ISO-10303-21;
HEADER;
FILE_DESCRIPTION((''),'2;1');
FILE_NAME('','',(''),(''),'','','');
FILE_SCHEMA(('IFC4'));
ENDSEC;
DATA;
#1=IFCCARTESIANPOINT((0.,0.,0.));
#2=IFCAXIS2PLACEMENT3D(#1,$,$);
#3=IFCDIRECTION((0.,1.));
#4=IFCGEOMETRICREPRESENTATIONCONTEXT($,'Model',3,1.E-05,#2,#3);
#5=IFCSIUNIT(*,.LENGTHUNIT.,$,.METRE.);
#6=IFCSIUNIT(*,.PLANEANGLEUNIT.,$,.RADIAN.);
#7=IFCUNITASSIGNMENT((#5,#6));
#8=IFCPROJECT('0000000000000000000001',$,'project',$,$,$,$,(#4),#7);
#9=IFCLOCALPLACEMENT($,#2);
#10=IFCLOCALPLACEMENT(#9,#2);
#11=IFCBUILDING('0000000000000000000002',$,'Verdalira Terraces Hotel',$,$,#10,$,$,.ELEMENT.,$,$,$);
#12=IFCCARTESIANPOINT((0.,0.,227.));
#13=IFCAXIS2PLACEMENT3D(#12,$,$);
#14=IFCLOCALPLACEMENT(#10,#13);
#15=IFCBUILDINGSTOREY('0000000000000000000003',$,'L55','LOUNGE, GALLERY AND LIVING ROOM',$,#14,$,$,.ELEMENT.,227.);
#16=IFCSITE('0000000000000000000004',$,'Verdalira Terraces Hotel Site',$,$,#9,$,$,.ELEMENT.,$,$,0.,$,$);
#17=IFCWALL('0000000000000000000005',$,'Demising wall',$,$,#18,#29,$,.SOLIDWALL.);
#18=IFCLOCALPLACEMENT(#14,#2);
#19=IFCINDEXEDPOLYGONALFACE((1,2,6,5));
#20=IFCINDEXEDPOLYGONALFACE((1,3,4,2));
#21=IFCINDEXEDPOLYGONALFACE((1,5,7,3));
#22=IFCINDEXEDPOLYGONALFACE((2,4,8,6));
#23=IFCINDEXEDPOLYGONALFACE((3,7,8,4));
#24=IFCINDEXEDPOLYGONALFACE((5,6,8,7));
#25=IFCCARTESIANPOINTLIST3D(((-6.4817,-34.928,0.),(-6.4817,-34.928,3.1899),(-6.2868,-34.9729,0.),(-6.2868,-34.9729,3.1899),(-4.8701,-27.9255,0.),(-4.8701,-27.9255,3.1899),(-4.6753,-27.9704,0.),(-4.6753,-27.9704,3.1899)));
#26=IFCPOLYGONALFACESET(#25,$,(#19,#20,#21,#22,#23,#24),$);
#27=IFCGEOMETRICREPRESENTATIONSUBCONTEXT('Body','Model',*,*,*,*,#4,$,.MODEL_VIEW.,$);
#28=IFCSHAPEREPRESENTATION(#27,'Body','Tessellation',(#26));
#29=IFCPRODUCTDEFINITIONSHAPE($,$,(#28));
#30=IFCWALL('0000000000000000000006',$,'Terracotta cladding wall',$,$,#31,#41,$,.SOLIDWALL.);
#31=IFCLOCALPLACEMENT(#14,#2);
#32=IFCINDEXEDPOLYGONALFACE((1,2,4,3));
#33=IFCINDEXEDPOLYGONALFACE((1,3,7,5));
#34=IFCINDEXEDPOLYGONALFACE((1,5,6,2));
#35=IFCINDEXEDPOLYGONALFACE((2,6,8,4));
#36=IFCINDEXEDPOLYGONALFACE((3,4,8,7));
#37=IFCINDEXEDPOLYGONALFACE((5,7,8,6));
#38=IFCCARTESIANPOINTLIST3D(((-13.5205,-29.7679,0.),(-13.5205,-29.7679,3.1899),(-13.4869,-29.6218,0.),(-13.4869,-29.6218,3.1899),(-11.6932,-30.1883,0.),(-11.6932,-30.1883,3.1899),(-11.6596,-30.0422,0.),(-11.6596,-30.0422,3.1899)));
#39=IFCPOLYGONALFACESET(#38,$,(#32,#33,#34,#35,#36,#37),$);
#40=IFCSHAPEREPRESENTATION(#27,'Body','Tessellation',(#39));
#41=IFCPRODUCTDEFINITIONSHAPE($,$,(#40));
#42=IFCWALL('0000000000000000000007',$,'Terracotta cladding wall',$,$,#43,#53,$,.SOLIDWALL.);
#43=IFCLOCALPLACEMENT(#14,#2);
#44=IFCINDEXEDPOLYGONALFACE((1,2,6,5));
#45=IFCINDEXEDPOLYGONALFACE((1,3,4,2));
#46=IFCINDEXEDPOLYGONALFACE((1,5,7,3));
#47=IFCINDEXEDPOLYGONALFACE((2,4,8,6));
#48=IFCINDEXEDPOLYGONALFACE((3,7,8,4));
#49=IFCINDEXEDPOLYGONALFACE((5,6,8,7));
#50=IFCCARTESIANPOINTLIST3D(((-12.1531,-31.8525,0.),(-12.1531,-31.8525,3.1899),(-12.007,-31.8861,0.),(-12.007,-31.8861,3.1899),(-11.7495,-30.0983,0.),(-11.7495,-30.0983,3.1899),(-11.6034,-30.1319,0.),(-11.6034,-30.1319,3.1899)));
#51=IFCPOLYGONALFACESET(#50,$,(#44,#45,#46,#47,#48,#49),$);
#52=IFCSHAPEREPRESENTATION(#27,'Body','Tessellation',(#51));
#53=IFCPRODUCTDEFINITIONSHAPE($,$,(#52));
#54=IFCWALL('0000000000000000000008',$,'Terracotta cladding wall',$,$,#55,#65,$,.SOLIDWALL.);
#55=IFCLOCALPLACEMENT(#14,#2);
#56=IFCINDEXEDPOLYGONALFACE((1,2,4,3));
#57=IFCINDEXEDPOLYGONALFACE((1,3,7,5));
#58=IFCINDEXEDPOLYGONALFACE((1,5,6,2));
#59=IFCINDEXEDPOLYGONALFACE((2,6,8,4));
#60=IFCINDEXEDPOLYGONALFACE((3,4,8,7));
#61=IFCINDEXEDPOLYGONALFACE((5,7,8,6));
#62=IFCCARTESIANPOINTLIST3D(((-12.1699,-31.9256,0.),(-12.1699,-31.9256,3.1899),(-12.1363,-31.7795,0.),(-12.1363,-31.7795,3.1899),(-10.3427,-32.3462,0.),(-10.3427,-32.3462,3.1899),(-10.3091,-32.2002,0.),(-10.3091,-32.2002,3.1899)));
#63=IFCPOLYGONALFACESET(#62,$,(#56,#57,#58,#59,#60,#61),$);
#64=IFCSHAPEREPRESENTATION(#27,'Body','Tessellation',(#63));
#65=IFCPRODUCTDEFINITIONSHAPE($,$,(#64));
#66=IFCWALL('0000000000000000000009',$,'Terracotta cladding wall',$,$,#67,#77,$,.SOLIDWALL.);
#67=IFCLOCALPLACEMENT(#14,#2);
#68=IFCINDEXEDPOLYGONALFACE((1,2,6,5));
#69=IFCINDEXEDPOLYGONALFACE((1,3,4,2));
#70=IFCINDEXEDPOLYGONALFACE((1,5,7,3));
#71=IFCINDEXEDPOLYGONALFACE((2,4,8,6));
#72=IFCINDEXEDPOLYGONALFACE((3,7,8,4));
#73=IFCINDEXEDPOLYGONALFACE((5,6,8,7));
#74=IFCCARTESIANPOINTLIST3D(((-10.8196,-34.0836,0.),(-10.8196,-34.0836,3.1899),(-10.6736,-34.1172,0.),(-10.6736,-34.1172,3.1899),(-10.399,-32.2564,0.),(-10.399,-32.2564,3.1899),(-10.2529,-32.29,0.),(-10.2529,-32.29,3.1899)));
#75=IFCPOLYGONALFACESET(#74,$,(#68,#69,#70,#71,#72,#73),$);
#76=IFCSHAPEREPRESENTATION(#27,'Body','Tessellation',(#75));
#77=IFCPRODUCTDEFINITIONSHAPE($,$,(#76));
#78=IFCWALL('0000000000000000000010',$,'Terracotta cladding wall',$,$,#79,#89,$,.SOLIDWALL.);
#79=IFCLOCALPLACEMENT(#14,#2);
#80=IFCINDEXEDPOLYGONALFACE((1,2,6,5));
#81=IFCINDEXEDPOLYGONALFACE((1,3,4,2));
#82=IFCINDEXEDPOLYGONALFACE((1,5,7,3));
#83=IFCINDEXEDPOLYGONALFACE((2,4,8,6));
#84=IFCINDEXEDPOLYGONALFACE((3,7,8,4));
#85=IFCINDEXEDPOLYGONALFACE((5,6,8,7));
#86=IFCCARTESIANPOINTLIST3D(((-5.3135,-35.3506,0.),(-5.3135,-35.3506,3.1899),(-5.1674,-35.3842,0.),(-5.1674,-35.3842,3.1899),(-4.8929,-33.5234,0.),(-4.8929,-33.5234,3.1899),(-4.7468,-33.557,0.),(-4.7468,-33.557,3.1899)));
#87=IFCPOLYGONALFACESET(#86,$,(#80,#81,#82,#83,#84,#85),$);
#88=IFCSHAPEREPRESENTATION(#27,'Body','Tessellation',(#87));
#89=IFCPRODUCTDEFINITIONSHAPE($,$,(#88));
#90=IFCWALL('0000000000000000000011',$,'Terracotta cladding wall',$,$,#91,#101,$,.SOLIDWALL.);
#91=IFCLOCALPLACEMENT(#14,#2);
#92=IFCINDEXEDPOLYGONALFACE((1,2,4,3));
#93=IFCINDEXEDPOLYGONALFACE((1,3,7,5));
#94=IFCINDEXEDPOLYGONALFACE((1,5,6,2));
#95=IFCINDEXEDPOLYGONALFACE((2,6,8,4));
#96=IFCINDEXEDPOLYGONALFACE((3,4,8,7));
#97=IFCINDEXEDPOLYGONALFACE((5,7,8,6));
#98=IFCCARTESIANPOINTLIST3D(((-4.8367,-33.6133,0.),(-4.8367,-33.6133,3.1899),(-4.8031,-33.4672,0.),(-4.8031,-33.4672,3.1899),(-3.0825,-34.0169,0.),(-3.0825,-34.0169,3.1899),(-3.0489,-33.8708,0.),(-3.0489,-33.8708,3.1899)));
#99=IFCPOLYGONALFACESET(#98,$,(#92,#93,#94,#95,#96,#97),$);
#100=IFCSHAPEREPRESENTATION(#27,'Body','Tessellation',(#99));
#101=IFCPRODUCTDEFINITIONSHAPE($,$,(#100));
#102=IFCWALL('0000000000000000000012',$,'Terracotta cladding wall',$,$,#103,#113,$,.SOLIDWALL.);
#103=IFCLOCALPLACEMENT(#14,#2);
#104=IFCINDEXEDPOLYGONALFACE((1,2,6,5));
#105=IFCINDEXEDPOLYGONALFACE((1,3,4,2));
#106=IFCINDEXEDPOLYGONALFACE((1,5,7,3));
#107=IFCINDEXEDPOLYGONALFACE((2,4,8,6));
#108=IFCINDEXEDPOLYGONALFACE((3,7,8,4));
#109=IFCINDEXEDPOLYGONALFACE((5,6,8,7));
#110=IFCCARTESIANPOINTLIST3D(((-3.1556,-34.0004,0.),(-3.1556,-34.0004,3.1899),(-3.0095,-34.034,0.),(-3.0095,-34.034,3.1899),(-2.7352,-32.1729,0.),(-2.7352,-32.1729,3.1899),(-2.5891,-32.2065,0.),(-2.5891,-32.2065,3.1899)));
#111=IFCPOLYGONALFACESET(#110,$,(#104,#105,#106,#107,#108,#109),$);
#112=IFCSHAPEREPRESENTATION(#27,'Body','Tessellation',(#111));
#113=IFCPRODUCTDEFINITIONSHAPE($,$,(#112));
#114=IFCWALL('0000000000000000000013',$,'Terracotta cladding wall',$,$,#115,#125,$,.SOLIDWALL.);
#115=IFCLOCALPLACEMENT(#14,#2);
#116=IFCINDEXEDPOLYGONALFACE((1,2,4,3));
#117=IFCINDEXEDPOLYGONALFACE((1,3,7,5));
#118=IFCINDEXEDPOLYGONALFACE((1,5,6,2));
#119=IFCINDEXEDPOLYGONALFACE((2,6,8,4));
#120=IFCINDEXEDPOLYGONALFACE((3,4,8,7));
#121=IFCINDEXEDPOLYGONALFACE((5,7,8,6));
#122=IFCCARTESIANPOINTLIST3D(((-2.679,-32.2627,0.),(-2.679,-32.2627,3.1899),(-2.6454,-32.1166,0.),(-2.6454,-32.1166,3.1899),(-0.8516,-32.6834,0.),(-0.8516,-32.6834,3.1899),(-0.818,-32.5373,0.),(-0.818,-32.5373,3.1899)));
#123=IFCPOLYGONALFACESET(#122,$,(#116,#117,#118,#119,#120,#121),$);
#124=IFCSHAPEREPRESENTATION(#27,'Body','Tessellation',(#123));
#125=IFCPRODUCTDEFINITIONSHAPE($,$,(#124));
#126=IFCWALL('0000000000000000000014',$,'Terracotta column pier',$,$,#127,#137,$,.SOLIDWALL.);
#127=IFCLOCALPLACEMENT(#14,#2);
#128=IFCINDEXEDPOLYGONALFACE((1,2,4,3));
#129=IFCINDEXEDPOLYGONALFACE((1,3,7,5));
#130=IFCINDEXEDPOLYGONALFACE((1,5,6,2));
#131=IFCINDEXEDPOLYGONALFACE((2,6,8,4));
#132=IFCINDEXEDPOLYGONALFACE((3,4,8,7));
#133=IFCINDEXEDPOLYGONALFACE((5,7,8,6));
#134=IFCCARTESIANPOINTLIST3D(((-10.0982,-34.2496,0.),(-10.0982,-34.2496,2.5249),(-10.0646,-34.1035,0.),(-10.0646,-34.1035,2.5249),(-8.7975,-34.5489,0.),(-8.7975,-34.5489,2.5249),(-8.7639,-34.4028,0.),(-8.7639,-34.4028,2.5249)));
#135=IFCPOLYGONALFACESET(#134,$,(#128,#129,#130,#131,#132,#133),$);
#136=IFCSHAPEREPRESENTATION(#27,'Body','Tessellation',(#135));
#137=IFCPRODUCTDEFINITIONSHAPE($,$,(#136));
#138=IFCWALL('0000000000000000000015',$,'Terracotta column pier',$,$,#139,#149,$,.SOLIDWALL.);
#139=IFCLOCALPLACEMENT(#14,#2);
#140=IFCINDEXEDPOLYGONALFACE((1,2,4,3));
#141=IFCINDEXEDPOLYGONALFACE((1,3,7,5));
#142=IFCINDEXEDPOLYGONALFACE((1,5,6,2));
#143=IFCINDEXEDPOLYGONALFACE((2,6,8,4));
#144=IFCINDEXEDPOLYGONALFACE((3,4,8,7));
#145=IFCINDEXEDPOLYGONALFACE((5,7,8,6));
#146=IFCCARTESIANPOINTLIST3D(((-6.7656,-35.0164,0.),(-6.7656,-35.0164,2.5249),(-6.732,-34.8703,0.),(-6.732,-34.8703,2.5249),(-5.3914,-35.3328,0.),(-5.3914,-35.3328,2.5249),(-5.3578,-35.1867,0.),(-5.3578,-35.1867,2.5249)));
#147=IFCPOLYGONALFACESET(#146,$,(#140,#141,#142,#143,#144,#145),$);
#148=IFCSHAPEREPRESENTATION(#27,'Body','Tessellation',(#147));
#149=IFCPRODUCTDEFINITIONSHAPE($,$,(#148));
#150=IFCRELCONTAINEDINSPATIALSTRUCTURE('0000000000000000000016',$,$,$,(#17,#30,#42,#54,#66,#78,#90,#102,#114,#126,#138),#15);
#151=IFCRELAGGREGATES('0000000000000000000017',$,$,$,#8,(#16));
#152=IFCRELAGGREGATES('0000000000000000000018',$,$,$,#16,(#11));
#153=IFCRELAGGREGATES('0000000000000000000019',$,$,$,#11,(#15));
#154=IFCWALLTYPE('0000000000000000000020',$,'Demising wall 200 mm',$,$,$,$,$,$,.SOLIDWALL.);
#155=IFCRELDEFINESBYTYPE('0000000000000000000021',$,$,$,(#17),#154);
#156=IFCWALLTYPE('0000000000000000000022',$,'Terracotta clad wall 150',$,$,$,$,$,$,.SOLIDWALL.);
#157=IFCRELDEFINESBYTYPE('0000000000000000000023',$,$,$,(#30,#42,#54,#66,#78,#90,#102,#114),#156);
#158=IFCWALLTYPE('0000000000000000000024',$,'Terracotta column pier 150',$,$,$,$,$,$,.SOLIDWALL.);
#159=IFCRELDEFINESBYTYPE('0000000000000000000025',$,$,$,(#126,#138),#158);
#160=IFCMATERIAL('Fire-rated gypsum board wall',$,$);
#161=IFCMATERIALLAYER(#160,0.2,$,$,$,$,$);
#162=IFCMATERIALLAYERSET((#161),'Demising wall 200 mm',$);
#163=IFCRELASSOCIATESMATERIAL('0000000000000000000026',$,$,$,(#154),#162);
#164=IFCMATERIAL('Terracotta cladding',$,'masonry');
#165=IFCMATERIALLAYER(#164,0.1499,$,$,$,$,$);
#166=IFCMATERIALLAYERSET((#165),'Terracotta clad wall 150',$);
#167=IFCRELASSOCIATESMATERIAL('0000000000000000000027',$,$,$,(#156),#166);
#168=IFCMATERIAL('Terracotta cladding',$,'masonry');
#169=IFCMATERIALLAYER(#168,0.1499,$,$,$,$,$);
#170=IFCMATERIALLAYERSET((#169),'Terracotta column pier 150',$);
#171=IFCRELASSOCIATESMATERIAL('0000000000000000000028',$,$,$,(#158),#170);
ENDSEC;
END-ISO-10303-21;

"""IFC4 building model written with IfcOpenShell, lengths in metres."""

from ifc_helpers import new_model, si_unit, direction, frame, frame_2d, origin, place, context, subcontext, project, spatial, rectangle, extrude, material, layer, layer_set, type_object, element, save


model = new_model("IFC4")

# Units and contexts
model_context = context("Model", 3, precision=1e-05, world=origin(), true_north=direction((0.0, 1.0)))
body_context = subcontext(model_context, "Body", "Model", "MODEL_VIEW")
ifc_project = project(units=[si_unit("LENGTHUNIT", "METRE"), si_unit("PLANEANGLEUNIT", "RADIAN")], contexts=[model_context])

# Site, building, storey
site_placement = place(None, origin())
site = spatial("IfcSite", under=ifc_project, at=site_placement, Name="Verdalira Terraces Hotel Site", CompositionType="ELEMENT", RefElevation=0.0)
building_placement = place(site_placement, origin())
building = spatial("IfcBuilding", under=site, at=building_placement, Name="Verdalira Terraces Hotel", CompositionType="ELEMENT")
storey_placement = place(building_placement, frame((0.0, 0.0, 227.0)))
storey = spatial("IfcBuildingStorey", under=building, at=storey_placement, Name="L55", Description="LOUNGE, GALLERY AND LIVING ROOM", CompositionType="ELEMENT", Elevation=227.0)

# Walls
ifc_material_1 = material(Name="Fire-rated gypsum board wall")
ifc_layer_1 = layer(ifc_material_1, 0.2)
ifc_layer_set_1 = layer_set([ifc_layer_1], Name="Demising wall 200 mm")
wall_type_1 = type_object("IfcWallType", Name="Demising wall 200 mm", PredefinedType="SOLIDWALL", material=ifc_layer_set_1)
wall_1_placement = place(storey_placement, frame((-6.3843, -34.9504, 0.0), z_axis=(0.0, 0.0, 1.0), x_axis=(0.224281, 0.974524, 0.0)))
element("IfcWall", 1, at=wall_1_placement, inside=storey, type_object=wall_type_1, Name="Demising wall", PredefinedType="SOLIDWALL", context=body_context, shape_type="SweptSolid", body=[
    extrude(rectangle(XDim=7.1855, YDim=0.2, at=frame_2d((3.5928, 0.0))), origin(), (0.0, 0.0, 1.0), 3.1899),
])
ifc_material_2 = material(Name="Terracotta cladding", Category="masonry")
ifc_layer_2 = layer(ifc_material_2, 0.1499)
ifc_layer_set_2 = layer_set([ifc_layer_2], Name="Terracotta clad wall 150")
wall_type_2 = type_object("IfcWallType", Name="Terracotta clad wall 150", PredefinedType="SOLIDWALL", material=ifc_layer_set_2)
wall_2_placement = place(storey_placement, frame((-13.5037, -29.6948, 0.0), z_axis=(0.0, 0.0, 1.0), x_axis=(0.974536, -0.224232, 0.0)))
element("IfcWall", 2, at=wall_2_placement, inside=storey, type_object=wall_type_2, Name="Terracotta cladding wall", PredefinedType="SOLIDWALL", context=body_context, shape_type="SweptSolid", body=[
    extrude(rectangle(XDim=1.875, YDim=0.1499, at=frame_2d((0.9375, 0.0))), origin(), (0.0, 0.0, 1.0), 3.1899),
])
wall_3_placement = place(storey_placement, frame((-11.6765, -30.1152, 0.0), z_axis=(0.0, 0.0, 1.0), x_axis=(-0.224206, -0.974542, 0.0)))
element("IfcWall", 3, at=wall_3_placement, inside=storey, type_object=wall_type_2, Name="Terracotta cladding wall", PredefinedType="SOLIDWALL", context=body_context, shape_type="SweptSolid", body=[
    extrude(rectangle(XDim=1.8, YDim=0.1499, at=frame_2d((0.8999, 0.0))), origin(), (0.0, 0.0, 1.0), 3.1899),
])
for number, where, z_axis, x_axis, name in (
    (4, (-12.1531, -31.8525, 0.0), (0.0, 0.0, 1.0), (0.974507, -0.224355, 0.0), "Terracotta cladding wall"),
    (5, (-10.3259, -32.2732, 0.0), (0.0, 0.0, 1.0), (-0.224355, -0.974507, 0.0), "Terracotta cladding wall"),
    (6, (-5.2405, -35.3674, 0.0), (0.0, 0.0, 1.0), (0.224355, 0.974507, 0.0), "Terracotta cladding wall"),
):
    element("IfcWall", number, at=place(storey_placement, frame(where, z_axis=z_axis, x_axis=x_axis)), inside=storey, type_object=wall_type_2, Name=name, PredefinedType="SOLIDWALL", context=body_context, shape_type="SweptSolid", body=[
        extrude(rectangle(XDim=1.875, YDim=0.1499, at=frame_2d((0.9375, 0.0))), origin(), (0.0, 0.0, 1.0), 3.1899),
    ])
wall_4_placement = place(storey_placement, frame((-4.8198, -33.5403, 0.0), z_axis=(0.0, 0.0, 1.0), x_axis=(0.974542, -0.224206, 0.0)))
element("IfcWall", 7, at=wall_4_placement, inside=storey, type_object=wall_type_2, Name="Terracotta cladding wall", PredefinedType="SOLIDWALL", context=body_context, shape_type="SweptSolid", body=[
    extrude(rectangle(XDim=1.8, YDim=0.1499, at=frame_2d((0.8999, 0.0))), origin(), (0.0, 0.0, 1.0), 3.1899),
])
for number, where, z_axis, x_axis, name in (
    (8, (-3.0825, -34.0171, 0.0), (0.0, 0.0, 1.0), (0.224203, 0.974542, 0.0), "Terracotta cladding wall"),
    (9, (-2.6621, -32.1897, 0.0), (0.0, 0.0, 1.0), (0.974514, -0.224327, 0.0), "Terracotta cladding wall"),
):
    element("IfcWall", number, at=place(storey_placement, frame(where, z_axis=z_axis, x_axis=x_axis)), inside=storey, type_object=wall_type_2, Name=name, PredefinedType="SOLIDWALL", context=body_context, shape_type="SweptSolid", body=[
        extrude(rectangle(XDim=1.8752, YDim=0.1499, at=frame_2d((0.9375, 0.0))), origin(), (0.0, 0.0, 1.0), 3.1899),
    ])
ifc_material_3 = material(Name="Terracotta cladding", Category="masonry")
ifc_layer_3 = layer(ifc_material_3, 0.1499)
ifc_layer_set_3 = layer_set([ifc_layer_3], Name="Terracotta column pier 150")
wall_type_3 = type_object("IfcWallType", Name="Terracotta column pier 150", PredefinedType="SOLIDWALL", material=ifc_layer_set_3)
wall_5_placement = place(storey_placement, frame((-10.0815, -34.1765, 0.0), z_axis=(0.0, 0.0, 1.0), x_axis=(0.974533, -0.224245, 0.0)))
element("IfcWall", 10, at=wall_5_placement, inside=storey, type_object=wall_type_3, Name="Terracotta column pier", PredefinedType="SOLIDWALL", context=body_context, shape_type="SweptSolid", body=[
    extrude(rectangle(XDim=1.3347, YDim=0.1499, at=frame_2d((0.6675, 0.0))), origin(), (0.0, 0.0, 1.0), 2.5249),
])
wall_6_placement = place(storey_placement, frame((-6.7488, -34.9434, 0.0), z_axis=(0.0, 0.0, 1.0), x_axis=(0.974505, -0.224366, 0.0)))
element("IfcWall", 11, at=wall_6_placement, inside=storey, type_object=wall_type_3, Name="Terracotta column pier", PredefinedType="SOLIDWALL", context=body_context, shape_type="SweptSolid", body=[
    extrude(rectangle(XDim=1.4102, YDim=0.1499, at=frame_2d((0.7051, 0.0))), origin(), (0.0, 0.0, 1.0), 2.5249),
])

save(model, "model.ifc")
